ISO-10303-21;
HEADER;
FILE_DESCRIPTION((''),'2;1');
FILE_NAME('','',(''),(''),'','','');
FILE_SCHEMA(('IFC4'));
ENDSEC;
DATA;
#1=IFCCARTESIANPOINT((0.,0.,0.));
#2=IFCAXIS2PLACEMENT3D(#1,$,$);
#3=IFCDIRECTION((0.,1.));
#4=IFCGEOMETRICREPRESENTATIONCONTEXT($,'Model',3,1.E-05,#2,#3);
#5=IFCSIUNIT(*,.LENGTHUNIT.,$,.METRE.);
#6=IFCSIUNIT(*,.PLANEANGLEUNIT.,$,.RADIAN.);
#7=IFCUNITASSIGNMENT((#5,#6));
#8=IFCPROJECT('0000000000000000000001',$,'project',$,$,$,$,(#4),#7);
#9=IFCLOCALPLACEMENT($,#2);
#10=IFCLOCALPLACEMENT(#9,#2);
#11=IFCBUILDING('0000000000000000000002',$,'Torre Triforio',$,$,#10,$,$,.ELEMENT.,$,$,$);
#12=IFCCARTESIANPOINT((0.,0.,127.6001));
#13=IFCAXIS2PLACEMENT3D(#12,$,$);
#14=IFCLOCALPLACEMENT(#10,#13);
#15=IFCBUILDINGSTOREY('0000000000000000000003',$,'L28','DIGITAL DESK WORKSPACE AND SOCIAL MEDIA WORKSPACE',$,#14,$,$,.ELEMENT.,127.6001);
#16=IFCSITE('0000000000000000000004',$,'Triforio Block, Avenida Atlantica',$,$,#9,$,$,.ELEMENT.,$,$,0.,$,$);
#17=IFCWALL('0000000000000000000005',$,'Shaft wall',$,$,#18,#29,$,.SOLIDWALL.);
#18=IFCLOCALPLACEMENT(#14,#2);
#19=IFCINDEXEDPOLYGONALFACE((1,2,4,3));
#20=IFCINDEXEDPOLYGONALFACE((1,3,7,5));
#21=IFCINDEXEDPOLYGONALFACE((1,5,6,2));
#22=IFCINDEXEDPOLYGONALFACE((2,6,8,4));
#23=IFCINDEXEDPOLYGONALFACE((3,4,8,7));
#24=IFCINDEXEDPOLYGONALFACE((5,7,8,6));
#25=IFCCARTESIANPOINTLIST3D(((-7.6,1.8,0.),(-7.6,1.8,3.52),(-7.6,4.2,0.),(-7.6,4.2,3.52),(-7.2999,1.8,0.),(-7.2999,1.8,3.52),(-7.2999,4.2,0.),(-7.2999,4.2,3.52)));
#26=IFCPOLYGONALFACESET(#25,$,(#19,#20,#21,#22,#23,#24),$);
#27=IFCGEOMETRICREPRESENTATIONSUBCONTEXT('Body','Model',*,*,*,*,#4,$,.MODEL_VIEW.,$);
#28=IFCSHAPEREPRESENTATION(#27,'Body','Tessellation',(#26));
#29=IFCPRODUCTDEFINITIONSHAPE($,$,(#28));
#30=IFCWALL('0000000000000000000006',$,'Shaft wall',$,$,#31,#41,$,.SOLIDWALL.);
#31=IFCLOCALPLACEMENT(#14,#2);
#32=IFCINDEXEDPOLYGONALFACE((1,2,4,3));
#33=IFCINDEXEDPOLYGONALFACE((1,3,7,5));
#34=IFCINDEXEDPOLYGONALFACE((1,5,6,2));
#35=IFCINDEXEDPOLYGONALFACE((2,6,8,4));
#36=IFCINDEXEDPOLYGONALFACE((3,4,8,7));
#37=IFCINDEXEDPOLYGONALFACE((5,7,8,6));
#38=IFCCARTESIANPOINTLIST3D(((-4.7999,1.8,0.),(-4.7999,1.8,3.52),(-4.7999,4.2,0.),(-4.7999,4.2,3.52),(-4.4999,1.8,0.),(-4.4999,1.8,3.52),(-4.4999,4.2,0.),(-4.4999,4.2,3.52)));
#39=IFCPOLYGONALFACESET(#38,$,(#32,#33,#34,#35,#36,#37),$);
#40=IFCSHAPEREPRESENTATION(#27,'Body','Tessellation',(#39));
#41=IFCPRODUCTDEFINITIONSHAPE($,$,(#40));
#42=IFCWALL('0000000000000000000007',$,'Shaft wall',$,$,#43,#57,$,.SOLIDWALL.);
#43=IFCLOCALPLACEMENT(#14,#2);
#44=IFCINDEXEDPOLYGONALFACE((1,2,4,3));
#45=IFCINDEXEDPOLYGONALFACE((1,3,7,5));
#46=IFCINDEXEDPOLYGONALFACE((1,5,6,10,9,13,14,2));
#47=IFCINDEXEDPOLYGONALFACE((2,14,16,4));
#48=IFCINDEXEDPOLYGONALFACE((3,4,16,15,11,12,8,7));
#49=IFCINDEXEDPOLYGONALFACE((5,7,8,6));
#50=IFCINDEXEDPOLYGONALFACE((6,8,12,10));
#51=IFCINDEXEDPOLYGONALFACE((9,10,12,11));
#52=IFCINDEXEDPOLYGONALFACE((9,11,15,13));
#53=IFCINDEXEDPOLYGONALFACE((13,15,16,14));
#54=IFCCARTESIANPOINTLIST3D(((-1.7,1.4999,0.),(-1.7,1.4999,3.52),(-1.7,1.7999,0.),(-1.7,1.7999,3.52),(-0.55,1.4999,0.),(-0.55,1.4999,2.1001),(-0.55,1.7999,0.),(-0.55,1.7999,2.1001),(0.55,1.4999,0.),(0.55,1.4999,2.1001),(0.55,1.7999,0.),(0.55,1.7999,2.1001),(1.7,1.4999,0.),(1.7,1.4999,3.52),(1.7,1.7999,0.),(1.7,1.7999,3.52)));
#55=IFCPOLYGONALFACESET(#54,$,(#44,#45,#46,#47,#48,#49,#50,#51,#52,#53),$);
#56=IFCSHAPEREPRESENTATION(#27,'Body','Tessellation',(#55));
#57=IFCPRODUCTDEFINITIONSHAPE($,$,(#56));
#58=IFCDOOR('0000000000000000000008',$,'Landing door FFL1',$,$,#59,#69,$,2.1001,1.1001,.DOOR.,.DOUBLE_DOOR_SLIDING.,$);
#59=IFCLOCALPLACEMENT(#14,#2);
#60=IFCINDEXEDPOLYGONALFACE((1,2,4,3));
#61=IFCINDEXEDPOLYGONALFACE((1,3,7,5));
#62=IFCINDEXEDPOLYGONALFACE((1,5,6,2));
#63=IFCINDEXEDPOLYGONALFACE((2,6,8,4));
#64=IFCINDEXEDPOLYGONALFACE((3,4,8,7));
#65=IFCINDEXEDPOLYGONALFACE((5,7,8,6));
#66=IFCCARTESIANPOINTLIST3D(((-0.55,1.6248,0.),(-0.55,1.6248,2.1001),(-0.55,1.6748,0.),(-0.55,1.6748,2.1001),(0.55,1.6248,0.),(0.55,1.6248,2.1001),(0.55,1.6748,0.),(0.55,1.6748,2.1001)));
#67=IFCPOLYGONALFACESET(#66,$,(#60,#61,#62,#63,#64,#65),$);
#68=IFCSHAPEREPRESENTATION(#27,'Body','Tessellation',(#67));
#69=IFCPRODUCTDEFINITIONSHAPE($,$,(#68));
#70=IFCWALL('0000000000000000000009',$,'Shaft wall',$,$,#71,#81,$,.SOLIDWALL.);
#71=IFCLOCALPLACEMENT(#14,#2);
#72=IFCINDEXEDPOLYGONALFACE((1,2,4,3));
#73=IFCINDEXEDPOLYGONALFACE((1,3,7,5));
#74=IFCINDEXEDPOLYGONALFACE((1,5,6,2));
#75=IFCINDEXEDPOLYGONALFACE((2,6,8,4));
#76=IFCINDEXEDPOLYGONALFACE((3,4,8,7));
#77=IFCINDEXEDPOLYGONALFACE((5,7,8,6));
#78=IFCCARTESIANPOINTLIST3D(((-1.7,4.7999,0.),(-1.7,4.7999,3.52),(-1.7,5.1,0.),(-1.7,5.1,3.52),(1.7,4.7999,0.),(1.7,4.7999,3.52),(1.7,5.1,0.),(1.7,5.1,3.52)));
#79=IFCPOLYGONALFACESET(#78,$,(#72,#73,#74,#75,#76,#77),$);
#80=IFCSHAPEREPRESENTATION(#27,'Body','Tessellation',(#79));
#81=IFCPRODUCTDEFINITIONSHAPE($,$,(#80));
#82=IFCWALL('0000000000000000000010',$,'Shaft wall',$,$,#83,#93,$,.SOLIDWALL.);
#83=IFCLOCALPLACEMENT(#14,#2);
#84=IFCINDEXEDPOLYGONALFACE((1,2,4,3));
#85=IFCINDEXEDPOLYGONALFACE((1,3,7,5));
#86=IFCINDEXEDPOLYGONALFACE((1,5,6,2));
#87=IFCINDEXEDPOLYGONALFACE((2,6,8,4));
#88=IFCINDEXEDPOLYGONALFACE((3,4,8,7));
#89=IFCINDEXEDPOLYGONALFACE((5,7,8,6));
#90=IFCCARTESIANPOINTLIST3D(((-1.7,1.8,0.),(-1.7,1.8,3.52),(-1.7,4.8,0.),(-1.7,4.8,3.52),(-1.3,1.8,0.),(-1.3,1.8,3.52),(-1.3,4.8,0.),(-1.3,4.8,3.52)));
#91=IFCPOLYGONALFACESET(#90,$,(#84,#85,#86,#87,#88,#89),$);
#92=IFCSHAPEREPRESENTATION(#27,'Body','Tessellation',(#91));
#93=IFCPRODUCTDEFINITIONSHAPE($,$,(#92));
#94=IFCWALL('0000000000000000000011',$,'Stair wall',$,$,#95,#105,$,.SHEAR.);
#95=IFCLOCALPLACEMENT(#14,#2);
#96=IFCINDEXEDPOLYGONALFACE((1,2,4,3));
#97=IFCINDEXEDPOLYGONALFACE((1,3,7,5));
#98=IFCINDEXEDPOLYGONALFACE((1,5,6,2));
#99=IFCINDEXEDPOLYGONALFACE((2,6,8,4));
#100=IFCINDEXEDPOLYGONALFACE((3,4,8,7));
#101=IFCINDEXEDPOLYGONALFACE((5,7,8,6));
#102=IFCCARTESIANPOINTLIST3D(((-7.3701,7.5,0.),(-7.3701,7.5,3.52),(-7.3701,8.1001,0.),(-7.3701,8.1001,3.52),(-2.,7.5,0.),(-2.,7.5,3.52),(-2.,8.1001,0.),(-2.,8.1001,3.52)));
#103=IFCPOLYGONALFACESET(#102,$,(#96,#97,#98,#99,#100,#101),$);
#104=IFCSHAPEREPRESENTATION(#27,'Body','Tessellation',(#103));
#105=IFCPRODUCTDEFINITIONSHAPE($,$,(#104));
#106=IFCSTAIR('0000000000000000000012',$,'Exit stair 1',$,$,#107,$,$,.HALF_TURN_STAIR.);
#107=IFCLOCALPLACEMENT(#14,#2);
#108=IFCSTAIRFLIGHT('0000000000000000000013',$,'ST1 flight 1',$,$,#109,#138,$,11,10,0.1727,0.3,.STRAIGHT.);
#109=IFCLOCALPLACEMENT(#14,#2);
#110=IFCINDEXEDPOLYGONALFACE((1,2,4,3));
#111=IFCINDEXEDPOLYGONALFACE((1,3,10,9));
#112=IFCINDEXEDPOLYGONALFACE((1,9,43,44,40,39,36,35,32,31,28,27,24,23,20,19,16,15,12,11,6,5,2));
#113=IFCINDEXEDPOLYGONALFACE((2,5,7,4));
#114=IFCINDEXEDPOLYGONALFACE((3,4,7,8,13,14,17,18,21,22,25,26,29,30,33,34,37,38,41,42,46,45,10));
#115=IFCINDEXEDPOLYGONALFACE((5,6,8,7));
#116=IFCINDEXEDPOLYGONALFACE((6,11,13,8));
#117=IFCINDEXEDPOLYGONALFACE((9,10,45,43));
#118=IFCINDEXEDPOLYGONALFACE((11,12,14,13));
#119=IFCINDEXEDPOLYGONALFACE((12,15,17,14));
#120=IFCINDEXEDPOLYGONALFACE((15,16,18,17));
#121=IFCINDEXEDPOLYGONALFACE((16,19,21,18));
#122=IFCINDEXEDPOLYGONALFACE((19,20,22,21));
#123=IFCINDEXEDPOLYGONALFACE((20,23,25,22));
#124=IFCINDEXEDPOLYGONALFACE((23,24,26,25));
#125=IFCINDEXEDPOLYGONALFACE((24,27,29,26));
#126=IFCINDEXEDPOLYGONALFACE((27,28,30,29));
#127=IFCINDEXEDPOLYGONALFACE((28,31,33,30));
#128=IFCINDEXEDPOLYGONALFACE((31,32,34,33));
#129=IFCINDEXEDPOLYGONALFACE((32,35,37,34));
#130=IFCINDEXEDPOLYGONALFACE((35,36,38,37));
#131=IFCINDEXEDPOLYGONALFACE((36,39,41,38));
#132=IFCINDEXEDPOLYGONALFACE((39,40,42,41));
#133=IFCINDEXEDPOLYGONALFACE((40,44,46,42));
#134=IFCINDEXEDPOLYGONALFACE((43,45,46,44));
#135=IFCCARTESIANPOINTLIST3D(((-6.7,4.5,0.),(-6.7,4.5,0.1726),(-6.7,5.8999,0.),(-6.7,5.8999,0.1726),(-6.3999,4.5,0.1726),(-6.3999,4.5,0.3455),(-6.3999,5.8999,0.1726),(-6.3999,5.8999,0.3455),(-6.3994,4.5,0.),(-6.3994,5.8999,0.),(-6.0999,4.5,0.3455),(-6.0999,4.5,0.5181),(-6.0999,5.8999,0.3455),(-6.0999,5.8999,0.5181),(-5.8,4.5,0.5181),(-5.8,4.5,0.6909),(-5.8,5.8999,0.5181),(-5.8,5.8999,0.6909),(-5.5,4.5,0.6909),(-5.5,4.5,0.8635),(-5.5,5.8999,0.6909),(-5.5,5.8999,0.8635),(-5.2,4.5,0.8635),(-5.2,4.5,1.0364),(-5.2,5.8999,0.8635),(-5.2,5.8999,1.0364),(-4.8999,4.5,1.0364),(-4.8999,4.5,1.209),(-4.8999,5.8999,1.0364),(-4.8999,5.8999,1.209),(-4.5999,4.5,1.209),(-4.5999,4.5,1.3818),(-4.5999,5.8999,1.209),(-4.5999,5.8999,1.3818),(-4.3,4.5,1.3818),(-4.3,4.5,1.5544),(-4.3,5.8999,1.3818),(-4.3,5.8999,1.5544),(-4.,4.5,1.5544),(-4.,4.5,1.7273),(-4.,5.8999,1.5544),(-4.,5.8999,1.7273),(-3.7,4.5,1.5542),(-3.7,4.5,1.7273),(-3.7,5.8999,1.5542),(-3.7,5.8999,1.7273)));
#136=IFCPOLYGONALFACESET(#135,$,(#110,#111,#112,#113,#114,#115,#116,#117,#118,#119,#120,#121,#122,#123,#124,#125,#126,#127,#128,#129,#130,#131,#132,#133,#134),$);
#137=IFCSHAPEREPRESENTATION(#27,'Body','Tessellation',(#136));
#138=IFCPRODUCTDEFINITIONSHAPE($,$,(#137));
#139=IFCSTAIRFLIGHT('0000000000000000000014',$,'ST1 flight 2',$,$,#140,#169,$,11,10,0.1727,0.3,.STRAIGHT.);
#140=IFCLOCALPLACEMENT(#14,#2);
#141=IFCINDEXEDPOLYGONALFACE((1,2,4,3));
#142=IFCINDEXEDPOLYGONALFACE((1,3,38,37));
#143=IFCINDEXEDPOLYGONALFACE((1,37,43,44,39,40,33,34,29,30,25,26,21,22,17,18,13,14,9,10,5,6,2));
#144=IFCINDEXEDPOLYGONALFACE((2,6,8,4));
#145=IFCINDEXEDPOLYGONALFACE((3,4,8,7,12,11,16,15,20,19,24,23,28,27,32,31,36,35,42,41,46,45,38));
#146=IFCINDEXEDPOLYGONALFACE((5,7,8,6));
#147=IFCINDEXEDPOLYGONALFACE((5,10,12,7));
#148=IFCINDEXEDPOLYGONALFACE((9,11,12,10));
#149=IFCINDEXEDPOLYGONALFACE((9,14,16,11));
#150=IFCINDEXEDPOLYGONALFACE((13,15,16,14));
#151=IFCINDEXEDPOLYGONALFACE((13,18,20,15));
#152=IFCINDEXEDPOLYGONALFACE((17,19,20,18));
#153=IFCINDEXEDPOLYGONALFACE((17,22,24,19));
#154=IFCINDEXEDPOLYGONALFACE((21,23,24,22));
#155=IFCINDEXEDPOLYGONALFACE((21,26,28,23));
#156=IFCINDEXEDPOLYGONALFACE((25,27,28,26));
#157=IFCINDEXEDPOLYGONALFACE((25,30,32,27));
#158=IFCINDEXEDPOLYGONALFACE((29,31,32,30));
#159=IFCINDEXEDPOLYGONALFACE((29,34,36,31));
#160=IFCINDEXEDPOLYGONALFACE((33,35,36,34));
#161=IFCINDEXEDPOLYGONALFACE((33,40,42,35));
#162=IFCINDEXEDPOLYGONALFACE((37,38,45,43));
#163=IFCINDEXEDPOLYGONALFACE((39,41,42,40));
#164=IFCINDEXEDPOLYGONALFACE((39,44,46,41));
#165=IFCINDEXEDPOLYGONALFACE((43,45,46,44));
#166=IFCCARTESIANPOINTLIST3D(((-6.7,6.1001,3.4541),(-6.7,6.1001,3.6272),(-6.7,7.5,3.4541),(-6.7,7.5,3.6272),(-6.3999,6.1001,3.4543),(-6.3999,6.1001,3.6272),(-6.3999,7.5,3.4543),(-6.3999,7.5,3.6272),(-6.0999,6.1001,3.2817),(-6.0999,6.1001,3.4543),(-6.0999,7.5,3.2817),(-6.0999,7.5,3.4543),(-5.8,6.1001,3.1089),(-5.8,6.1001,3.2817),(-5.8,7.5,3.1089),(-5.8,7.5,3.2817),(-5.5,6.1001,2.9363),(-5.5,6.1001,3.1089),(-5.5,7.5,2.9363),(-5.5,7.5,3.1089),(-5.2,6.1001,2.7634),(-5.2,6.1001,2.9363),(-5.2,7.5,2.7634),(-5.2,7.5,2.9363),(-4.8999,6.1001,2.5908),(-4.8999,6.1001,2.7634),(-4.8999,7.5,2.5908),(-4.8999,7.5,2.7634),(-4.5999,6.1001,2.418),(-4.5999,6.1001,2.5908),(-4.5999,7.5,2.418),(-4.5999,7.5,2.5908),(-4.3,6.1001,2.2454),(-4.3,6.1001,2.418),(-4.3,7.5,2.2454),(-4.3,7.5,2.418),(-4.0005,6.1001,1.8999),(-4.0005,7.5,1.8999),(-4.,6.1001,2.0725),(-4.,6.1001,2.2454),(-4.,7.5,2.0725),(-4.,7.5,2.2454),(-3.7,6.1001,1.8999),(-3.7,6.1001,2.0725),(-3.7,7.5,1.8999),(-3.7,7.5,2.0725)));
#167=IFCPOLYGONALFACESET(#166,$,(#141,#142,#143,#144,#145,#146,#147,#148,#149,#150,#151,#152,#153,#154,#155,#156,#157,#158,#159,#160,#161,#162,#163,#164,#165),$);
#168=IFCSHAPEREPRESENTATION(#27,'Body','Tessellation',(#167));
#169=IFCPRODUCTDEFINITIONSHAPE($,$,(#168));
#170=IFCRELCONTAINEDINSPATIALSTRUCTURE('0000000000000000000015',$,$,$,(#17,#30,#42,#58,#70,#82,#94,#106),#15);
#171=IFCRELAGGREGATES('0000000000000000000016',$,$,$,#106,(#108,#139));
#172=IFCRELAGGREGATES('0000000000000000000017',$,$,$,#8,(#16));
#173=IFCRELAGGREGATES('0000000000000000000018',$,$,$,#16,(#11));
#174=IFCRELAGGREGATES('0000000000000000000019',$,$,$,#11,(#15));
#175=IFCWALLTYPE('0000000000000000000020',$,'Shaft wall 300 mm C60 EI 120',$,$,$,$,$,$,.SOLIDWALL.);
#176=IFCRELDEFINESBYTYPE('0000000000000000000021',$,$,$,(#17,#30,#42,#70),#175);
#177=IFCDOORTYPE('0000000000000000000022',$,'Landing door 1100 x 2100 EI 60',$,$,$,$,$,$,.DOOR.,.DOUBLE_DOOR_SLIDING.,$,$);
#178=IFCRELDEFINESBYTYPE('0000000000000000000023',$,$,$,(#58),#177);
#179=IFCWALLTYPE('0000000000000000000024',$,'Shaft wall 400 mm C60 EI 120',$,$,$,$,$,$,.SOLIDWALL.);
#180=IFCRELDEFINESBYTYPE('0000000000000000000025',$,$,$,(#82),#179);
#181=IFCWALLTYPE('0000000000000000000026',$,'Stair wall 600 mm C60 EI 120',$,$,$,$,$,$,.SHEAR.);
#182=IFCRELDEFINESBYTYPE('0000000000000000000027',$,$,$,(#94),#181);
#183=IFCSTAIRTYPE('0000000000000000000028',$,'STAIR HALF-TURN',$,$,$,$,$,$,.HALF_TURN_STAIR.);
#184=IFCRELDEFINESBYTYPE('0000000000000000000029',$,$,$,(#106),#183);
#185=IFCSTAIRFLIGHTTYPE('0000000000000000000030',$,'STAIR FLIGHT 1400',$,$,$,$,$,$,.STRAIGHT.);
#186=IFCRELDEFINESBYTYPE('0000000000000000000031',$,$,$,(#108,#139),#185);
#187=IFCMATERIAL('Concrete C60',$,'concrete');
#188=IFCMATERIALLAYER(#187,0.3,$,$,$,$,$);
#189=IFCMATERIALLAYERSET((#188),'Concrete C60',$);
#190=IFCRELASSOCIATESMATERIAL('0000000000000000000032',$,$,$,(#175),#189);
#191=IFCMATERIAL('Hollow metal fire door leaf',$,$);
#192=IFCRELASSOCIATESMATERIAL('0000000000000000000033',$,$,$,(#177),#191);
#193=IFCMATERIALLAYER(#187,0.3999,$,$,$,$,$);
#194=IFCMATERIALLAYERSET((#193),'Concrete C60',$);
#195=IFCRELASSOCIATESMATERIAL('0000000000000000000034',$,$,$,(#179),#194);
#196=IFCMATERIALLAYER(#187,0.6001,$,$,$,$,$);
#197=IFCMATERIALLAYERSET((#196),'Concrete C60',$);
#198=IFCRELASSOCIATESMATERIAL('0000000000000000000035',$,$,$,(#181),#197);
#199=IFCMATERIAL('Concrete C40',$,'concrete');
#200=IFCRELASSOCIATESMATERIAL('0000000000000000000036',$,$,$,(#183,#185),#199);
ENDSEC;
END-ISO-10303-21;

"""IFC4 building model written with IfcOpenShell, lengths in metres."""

from ifc_helpers import new_model, si_unit, direction, frame, frame_2d, origin, place, context, subcontext, project, spatial, polyline, rectangle, outline, extrude, material, layer, layer_set, type_object, element, fill, aggregate, save


model = new_model("IFC4")

# Units and contexts
model_context = context("Model", 3, precision=1e-05, world=origin(), true_north=direction((0.0, 1.0)))
body_context = subcontext(model_context, "Body", "Model", "MODEL_VIEW")
ifc_project = project(units=[si_unit("LENGTHUNIT", "METRE"), si_unit("PLANEANGLEUNIT", "RADIAN")], contexts=[model_context])

# Site, building, storey
site_placement = place(None, origin())
site = spatial("IfcSite", under=ifc_project, at=site_placement, Name="Triforio Block, Avenida Atlantica", CompositionType="ELEMENT", RefElevation=0.0)
building_placement = place(site_placement, origin())
building = spatial("IfcBuilding", under=site, at=building_placement, Name="Torre Triforio", CompositionType="ELEMENT")
storey_placement = place(building_placement, frame((0.0, 0.0, 127.6001)))
storey = spatial("IfcBuildingStorey", under=building, at=storey_placement, Name="L28", Description="DIGITAL DESK WORKSPACE AND SOCIAL MEDIA WORKSPACE", CompositionType="ELEMENT", Elevation=127.6001)

# Walls
ifc_material_1 = material(Name="Concrete C60", Category="concrete")
ifc_layer_1 = layer(ifc_material_1, 0.3)
ifc_layer_set_1 = layer_set([ifc_layer_1], Name="Concrete C60")
wall_type_1 = type_object("IfcWallType", Name="Shaft wall 300 mm C60 EI 120", PredefinedType="SOLIDWALL", material=ifc_layer_set_1)
for number, where, z_axis, x_axis, name in (
    (1, (-7.45, 1.8, 0.0), (0.0, 0.0, 1.0), (0.0, 1.0, 0.0), "Shaft wall"),
    (2, (-4.6499, 1.8, 0.0), (0.0, 0.0, 1.0), (0.0, 1.0, 0.0), "Shaft wall"),
):
    element("IfcWall", number, at=place(storey_placement, frame(where, z_axis=z_axis, x_axis=x_axis)), inside=storey, type_object=wall_type_1, Name=name, PredefinedType="SOLIDWALL", context=body_context, shape_type="SweptSolid", body=[
        extrude(rectangle(XDim=2.3999, YDim=0.3, at=frame_2d((1.2, 0.0))), origin(), (0.0, 0.0, 1.0), 3.52),
    ])

# Wall, opening, door
wall_1_placement = place(storey_placement, frame((-1.7, 1.6499, 0.0), z_axis=(0.0, 0.0, 1.0), x_axis=(1.0, 0.0, 0.0)))
wall_1 = element("IfcWall", 3, at=wall_1_placement, inside=storey, type_object=wall_type_1, Name="Shaft wall", PredefinedType="SOLIDWALL", context=body_context, shape_type="SweptSolid", body=[
    extrude(rectangle(XDim=3.3999, YDim=0.3, at=frame_2d((1.7, 0.0))), origin(), (0.0, 0.0, 1.0), 3.52),
])
opening_placement = place(wall_1_placement, frame((1.1499, 0.0, 0.0)))
opening = element("IfcOpeningElement", 4, at=opening_placement, cuts=wall_1, PredefinedType="OPENING", context=body_context, shape_type="SweptSolid", body=[
    extrude(rectangle(XDim=1.1001, YDim=2.1001, at=frame_2d((0.55, 1.05))), frame((0.0, 0.1599, 0.0), z_axis=(0.0, -1.0, 0.0), x_axis=(1.0, 0.0, 0.0)), (0.0, 0.0, 1.0), 0.3201),
])
ifc_material_2 = material(Name="Hollow metal fire door leaf")
door_type = type_object("IfcDoorType", Name="Landing door 1100 x 2100 EI 60", OperationType="DOUBLE_DOOR_SLIDING", PredefinedType="DOOR", material=ifc_material_2)
door_placement = place(opening_placement, origin())
door = element("IfcDoor", 5, at=door_placement, inside=storey, type_object=door_type, Name="Landing door FFL1", OperationType="DOUBLE_DOOR_SLIDING", OverallHeight=2.1001, OverallWidth=1.1001, PredefinedType="DOOR", context=body_context, shape_type="SweptSolid", body=[
    extrude(rectangle(XDim=1.1001, YDim=2.1001, at=frame_2d((0.55, 1.05))), frame((0.0, 0.0249, 0.0), z_axis=(0.0, -1.0, 0.0), x_axis=(1.0, 0.0, 0.0)), (0.0, 0.0, 1.0), 0.05),
])
fill(opening, door)

# Walls
wall_2_placement = place(storey_placement, frame((-1.7, 4.95, 0.0), z_axis=(0.0, 0.0, 1.0), x_axis=(1.0, 0.0, 0.0)))
element("IfcWall", 6, at=wall_2_placement, inside=storey, type_object=wall_type_1, Name="Shaft wall", PredefinedType="SOLIDWALL", context=body_context, shape_type="SweptSolid", body=[
    extrude(rectangle(XDim=3.3999, YDim=0.3, at=frame_2d((1.7, 0.0))), origin(), (0.0, 0.0, 1.0), 3.52),
])
ifc_layer_2 = layer(ifc_material_1, 0.3999)
ifc_layer_set_2 = layer_set([ifc_layer_2], Name="Concrete C60")
wall_type_2 = type_object("IfcWallType", Name="Shaft wall 400 mm C60 EI 120", PredefinedType="SOLIDWALL", material=ifc_layer_set_2)
wall_3_placement = place(storey_placement, frame((-1.5, 1.8, 0.0), z_axis=(0.0, 0.0, 1.0), x_axis=(0.0, 1.0, 0.0)))
element("IfcWall", 7, at=wall_3_placement, inside=storey, type_object=wall_type_2, Name="Shaft wall", PredefinedType="SOLIDWALL", context=body_context, shape_type="SweptSolid", body=[
    extrude(rectangle(XDim=3.0, YDim=0.3999, at=frame_2d((1.5, 0.0))), origin(), (0.0, 0.0, 1.0), 3.52),
])
ifc_layer_3 = layer(ifc_material_1, 0.6001)
ifc_layer_set_3 = layer_set([ifc_layer_3], Name="Concrete C60")
wall_type_3 = type_object("IfcWallType", Name="Stair wall 600 mm C60 EI 120", PredefinedType="SHEAR", material=ifc_layer_set_3)
wall_4_placement = place(storey_placement, frame((-7.3701, 7.8, 0.0), z_axis=(0.0, 0.0, 1.0), x_axis=(1.0, 0.0, 0.0)))
element("IfcWall", 8, at=wall_4_placement, inside=storey, type_object=wall_type_3, Name="Stair wall", PredefinedType="SHEAR", context=body_context, shape_type="SweptSolid", body=[
    extrude(rectangle(XDim=5.3701, YDim=0.6001, at=frame_2d((2.6851, 0.0))), origin(), (0.0, 0.0, 1.0), 3.52),
])

# Stair, stair flights
ifc_material_3 = material(Name="Concrete C40", Category="concrete")
stair_type = type_object("IfcStairType", Name="STAIR HALF-TURN", PredefinedType="HALF_TURN_STAIR", material=ifc_material_3)
stair_placement = place(storey_placement, origin())
stair = element("IfcStair", 9, at=stair_placement, inside=storey, type_object=stair_type, Name="Exit stair 1", PredefinedType="HALF_TURN_STAIR")
stair_flight_type = type_object("IfcStairFlightType", Name="STAIR FLIGHT 1400", PredefinedType="STRAIGHT", material=ifc_material_3)
stair_flight_1_placement = place(storey_placement, frame((-6.7, 5.2, 0.0), z_axis=(0.0, 0.0, 1.0), x_axis=(1.0, 0.0, 0.0)))
stair_flight_1 = element("IfcStairFlight", 10, at=stair_flight_1_placement, type_object=stair_flight_type, Name="ST1 flight 1", NumberOfRisers=11, NumberOfTreads=10, PredefinedType="STRAIGHT", RiserHeight=0.1727, TreadLength=0.3, context=body_context, shape_type="SweptSolid", body=[
    extrude(outline(polyline([(0.0, 0.0), (0.0, 0.1726), (0.3, 0.1726), (0.3, 0.3455), (0.6001, 0.3455), (0.6001, 0.5181), (0.8999, 0.5181), (0.8999, 0.6909), (1.2, 0.6909), (1.2, 0.8635), (1.5, 0.8635), (1.5, 1.0364), (1.8, 1.0364), (1.8, 1.209), (2.1001, 1.209), (2.1001, 1.3818), (2.3999, 1.3818), (2.3999, 1.5544), (2.7, 1.5544), (2.7, 1.7273), (3.0, 1.7273), (3.0, 1.8999), (3.0, 1.5542), (0.3005, 0.0), (0.0, 0.0)])), frame((0.0, 0.7, 0.0), z_axis=(0.0, -1.0, 0.0), x_axis=(1.0, 0.0, 0.0)), (0.0, 0.0, 1.0), 1.3999),
])
stair_flight_2_placement = place(storey_placement, frame((-3.7, 6.8, 1.8999), z_axis=(0.0, 0.0, 1.0), x_axis=(-1.0, 0.0, 0.0)))
stair_flight_2 = element("IfcStairFlight", 11, at=stair_flight_2_placement, type_object=stair_flight_type, Name="ST1 flight 2", NumberOfRisers=11, NumberOfTreads=10, PredefinedType="STRAIGHT", RiserHeight=0.1727, TreadLength=0.3, context=body_context, shape_type="SweptSolid", body=[
    extrude(outline(polyline([(0.0, 0.0), (0.0, 0.1726), (0.3, 0.1726), (0.3, 0.3455), (0.6001, 0.3455), (0.6001, 0.5181), (0.8999, 0.5181), (0.8999, 0.6909), (1.2, 0.6909), (1.2, 0.8635), (1.5, 0.8635), (1.5, 1.0364), (1.8, 1.0364), (1.8, 1.209), (2.1001, 1.209), (2.1001, 1.3818), (2.3999, 1.3818), (2.3999, 1.5544), (2.7, 1.5544), (2.7, 1.7273), (3.0, 1.7273), (3.0, 1.8999), (3.0, 1.5542), (0.3005, 0.0), (0.0, 0.0)])), frame((0.0, 0.7, 0.0), z_axis=(0.0, -1.0, 0.0), x_axis=(1.0, 0.0, 0.0)), (0.0, 0.0, 1.0), 1.3999),
])
aggregate(stair, [stair_flight_1, stair_flight_2])

save(model, "model.ifc")
